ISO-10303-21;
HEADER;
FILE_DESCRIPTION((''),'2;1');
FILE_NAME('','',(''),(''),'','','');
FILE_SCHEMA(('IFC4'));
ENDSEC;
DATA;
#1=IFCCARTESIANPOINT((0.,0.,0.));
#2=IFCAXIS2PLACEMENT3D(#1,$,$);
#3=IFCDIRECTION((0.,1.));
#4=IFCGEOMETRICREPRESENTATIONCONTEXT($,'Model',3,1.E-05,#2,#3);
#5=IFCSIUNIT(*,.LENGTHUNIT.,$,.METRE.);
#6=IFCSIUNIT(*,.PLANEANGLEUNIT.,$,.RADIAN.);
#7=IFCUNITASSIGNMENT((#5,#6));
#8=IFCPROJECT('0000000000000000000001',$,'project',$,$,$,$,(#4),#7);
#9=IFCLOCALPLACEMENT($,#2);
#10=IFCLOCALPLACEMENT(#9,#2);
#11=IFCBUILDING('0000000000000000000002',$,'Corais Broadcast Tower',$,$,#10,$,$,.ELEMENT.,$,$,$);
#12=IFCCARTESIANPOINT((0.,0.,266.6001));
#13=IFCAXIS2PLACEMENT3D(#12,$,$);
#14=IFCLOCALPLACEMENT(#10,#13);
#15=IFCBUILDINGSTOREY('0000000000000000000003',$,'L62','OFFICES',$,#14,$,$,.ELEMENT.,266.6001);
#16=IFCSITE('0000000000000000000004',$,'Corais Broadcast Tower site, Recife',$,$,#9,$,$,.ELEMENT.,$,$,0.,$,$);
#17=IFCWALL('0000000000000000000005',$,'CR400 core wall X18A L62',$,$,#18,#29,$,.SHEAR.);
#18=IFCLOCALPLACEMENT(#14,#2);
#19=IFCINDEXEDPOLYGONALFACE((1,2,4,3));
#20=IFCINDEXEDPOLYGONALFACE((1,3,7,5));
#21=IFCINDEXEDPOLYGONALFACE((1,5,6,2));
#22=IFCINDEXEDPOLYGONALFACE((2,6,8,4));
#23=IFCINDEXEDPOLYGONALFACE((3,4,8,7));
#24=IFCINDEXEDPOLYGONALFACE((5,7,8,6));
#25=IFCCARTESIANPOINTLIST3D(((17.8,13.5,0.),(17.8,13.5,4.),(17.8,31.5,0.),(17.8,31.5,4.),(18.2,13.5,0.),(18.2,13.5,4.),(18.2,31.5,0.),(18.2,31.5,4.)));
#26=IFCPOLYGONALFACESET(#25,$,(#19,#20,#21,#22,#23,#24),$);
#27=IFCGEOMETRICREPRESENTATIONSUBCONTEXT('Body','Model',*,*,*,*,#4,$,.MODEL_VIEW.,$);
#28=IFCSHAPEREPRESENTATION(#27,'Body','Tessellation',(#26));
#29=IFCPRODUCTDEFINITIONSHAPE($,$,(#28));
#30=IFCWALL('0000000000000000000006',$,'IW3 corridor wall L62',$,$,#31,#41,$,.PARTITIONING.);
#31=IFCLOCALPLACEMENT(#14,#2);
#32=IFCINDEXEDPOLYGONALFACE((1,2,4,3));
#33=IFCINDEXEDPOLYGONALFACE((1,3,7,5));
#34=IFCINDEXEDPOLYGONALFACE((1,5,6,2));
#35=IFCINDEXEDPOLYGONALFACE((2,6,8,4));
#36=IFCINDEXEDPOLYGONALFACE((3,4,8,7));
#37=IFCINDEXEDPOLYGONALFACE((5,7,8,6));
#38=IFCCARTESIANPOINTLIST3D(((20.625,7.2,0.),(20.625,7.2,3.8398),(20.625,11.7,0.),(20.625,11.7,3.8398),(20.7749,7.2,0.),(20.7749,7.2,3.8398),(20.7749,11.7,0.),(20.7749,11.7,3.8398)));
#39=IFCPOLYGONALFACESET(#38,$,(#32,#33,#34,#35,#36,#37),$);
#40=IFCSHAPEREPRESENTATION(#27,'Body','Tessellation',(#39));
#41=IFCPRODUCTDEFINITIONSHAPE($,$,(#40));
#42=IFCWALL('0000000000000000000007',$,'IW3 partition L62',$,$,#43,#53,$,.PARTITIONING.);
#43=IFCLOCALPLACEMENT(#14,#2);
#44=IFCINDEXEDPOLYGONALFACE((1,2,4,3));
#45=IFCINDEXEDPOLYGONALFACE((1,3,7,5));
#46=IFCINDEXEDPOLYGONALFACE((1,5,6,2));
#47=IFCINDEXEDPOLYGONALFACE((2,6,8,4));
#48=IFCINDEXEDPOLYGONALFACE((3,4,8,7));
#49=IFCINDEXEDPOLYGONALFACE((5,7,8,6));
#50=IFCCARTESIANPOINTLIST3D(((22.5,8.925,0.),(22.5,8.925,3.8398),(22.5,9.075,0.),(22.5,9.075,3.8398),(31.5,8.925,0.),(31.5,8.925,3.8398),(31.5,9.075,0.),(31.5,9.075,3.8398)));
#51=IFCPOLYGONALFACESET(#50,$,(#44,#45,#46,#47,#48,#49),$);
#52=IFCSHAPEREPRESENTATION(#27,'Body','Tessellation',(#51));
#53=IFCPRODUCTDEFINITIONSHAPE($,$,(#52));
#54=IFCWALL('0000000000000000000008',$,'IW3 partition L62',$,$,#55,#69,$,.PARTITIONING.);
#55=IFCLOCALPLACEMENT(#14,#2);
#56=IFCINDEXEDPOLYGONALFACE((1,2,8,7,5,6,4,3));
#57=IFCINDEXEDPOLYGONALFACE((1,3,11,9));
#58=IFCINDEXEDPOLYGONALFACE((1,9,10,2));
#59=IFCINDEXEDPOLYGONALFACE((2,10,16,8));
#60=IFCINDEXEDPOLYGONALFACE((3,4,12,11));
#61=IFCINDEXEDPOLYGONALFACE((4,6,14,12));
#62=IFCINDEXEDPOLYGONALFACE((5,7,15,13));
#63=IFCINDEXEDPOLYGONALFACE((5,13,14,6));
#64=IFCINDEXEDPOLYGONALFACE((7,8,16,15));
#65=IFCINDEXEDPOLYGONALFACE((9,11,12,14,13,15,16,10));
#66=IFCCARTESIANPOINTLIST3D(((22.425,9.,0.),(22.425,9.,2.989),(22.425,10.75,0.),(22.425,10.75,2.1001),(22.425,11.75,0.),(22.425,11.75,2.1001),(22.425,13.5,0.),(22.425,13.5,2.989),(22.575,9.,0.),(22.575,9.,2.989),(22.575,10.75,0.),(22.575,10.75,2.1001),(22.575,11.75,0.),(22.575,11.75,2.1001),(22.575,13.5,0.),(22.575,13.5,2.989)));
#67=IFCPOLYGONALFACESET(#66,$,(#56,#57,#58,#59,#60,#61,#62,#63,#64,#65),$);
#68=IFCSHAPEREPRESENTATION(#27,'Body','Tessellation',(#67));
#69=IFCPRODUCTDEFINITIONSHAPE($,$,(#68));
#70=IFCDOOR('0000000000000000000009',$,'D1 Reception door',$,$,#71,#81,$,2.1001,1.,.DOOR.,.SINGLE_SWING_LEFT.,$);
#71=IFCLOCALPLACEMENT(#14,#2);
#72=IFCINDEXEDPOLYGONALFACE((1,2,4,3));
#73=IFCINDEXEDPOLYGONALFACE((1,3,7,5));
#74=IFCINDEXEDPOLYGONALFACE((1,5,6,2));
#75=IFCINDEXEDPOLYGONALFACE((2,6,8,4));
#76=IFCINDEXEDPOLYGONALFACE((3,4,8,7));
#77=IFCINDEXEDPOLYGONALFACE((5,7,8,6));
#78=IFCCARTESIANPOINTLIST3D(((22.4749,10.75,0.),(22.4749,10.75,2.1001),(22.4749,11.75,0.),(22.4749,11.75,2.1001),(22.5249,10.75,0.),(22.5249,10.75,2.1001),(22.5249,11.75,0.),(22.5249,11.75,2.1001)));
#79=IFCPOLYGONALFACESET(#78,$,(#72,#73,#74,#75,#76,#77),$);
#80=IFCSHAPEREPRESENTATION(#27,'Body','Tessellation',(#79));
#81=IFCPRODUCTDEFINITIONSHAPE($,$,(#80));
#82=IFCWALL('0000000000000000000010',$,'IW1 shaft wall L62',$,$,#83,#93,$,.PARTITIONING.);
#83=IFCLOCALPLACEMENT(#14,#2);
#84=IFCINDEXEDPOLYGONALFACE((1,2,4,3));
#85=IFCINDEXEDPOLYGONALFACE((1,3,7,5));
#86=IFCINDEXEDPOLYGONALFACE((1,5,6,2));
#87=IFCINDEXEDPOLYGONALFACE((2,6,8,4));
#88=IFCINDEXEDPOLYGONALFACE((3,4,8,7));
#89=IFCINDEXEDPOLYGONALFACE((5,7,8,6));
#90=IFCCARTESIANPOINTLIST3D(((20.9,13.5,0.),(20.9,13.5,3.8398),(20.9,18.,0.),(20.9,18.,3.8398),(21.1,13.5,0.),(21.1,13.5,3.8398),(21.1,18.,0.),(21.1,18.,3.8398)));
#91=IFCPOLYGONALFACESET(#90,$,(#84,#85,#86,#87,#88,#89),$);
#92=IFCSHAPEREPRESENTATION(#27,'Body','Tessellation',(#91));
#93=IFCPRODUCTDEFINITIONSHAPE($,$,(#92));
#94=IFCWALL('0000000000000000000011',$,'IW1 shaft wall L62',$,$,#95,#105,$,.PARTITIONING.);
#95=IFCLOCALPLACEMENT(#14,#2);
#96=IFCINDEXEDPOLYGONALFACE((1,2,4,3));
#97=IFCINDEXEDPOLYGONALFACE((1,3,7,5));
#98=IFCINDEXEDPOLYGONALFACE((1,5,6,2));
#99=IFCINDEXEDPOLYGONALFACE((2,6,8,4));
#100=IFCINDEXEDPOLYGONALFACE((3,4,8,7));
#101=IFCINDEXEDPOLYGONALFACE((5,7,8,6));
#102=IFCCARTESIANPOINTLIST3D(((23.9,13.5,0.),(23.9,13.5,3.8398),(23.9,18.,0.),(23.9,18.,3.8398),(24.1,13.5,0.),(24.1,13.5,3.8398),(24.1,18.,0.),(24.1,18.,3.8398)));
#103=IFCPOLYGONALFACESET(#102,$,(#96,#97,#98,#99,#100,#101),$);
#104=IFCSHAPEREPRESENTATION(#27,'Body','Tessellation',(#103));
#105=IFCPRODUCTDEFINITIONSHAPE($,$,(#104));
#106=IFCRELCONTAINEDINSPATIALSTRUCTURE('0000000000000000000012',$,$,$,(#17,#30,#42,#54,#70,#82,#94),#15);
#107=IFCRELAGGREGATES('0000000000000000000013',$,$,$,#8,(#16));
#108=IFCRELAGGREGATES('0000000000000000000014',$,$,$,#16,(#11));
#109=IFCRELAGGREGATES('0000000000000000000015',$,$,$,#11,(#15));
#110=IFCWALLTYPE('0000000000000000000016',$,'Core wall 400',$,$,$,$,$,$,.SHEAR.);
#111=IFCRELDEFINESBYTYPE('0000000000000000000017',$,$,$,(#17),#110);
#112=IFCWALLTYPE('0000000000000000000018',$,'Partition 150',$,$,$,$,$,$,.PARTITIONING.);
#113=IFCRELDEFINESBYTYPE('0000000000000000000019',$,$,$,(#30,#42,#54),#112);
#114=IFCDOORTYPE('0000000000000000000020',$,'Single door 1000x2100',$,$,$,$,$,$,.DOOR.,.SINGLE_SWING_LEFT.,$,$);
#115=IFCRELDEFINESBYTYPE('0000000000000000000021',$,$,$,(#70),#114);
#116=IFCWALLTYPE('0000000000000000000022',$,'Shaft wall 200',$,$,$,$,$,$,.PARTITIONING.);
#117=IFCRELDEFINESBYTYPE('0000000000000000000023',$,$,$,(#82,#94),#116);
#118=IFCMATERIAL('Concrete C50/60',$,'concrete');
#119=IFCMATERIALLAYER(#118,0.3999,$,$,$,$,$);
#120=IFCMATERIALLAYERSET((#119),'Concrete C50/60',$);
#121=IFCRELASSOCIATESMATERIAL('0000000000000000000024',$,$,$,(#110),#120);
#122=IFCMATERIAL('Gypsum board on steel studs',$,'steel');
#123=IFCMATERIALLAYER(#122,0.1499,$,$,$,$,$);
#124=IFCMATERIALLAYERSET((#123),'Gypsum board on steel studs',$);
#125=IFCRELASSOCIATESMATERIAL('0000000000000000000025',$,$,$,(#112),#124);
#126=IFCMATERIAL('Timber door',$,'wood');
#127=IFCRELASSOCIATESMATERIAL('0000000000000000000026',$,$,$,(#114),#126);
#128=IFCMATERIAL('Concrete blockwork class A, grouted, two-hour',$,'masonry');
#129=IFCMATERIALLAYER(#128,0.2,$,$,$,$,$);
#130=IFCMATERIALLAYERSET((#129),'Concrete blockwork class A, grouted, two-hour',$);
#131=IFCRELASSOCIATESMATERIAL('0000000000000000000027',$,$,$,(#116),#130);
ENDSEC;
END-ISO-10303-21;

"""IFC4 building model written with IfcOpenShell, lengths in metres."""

from ifc_helpers import new_model, si_unit, direction, frame, frame_2d, origin, place, context, subcontext, project, spatial, rectangle, extrude, material, layer, layer_set, type_object, element, fill, save


model = new_model("IFC4")

# Units and contexts
model_context = context("Model", 3, precision=1e-05, world=origin(), true_north=direction((0.0, 1.0)))
body_context = subcontext(model_context, "Body", "Model", "MODEL_VIEW")
ifc_project = project(units=[si_unit("LENGTHUNIT", "METRE"), si_unit("PLANEANGLEUNIT", "RADIAN")], contexts=[model_context])

# Site, building, storey
site_placement = place(None, origin())
site = spatial("IfcSite", under=ifc_project, at=site_placement, Name="Corais Broadcast Tower site, Recife", CompositionType="ELEMENT", RefElevation=0.0)
building_placement = place(site_placement, origin())
building = spatial("IfcBuilding", under=site, at=building_placement, Name="Corais Broadcast Tower", CompositionType="ELEMENT")
storey_placement = place(building_placement, frame((0.0, 0.0, 266.6001)))
storey = spatial("IfcBuildingStorey", under=building, at=storey_placement, Name="L62", Description="OFFICES", CompositionType="ELEMENT", Elevation=266.6001)

# Walls
ifc_material_1 = material(Name="Concrete C50/60", Category="concrete")
ifc_layer_1 = layer(ifc_material_1, 0.3999)
ifc_layer_set_1 = layer_set([ifc_layer_1], Name="Concrete C50/60")
wall_type_1 = type_object("IfcWallType", Name="Core wall 400", PredefinedType="SHEAR", material=ifc_layer_set_1)
wall_1_placement = place(storey_placement, frame((18.0, 13.5, 0.0), z_axis=(0.0, 0.0, 1.0), x_axis=(0.0, 1.0, 0.0)))
element("IfcWall", 1, at=wall_1_placement, inside=storey, type_object=wall_type_1, Name="CR400 core wall X18A L62", PredefinedType="SHEAR", context=body_context, shape_type="SweptSolid", body=[
    extrude(rectangle(XDim=18.0, YDim=0.3999, at=frame_2d((9.0, 0.0))), origin(), (0.0, 0.0, 1.0), 4.0),
])
ifc_material_2 = material(Name="Gypsum board on steel studs", Category="steel")
ifc_layer_2 = layer(ifc_material_2, 0.1499)
ifc_layer_set_2 = layer_set([ifc_layer_2], Name="Gypsum board on steel studs")
wall_type_2 = type_object("IfcWallType", Name="Partition 150", PredefinedType="PARTITIONING", material=ifc_layer_set_2)
wall_2_placement = place(storey_placement, frame((20.7, 11.7, 0.0), z_axis=(0.0, 0.0, 1.0), x_axis=(0.0, -1.0, 0.0)))
element("IfcWall", 2, at=wall_2_placement, inside=storey, type_object=wall_type_2, Name="IW3 corridor wall L62", PredefinedType="PARTITIONING", context=body_context, shape_type="SweptSolid", body=[
    extrude(rectangle(XDim=4.5, YDim=0.1499, at=frame_2d((2.25, 0.0))), origin(), (0.0, 0.0, 1.0), 3.8398),
])
wall_3_placement = place(storey_placement, frame((22.5, 9.0, 0.0), z_axis=(0.0, 0.0, 1.0), x_axis=(1.0, 0.0, 0.0)))
element("IfcWall", 3, at=wall_3_placement, inside=storey, type_object=wall_type_2, Name="IW3 partition L62", PredefinedType="PARTITIONING", context=body_context, shape_type="SweptSolid", body=[
    extrude(rectangle(XDim=9.0, YDim=0.1499, at=frame_2d((4.5, 0.0))), origin(), (0.0, 0.0, 1.0), 3.8398),
])

# Wall, opening, door
wall_4_placement = place(storey_placement, frame((22.5, 13.5, 0.0), z_axis=(0.0, 0.0, 1.0), x_axis=(0.0, -1.0, 0.0)))
wall_4 = element("IfcWall", 4, at=wall_4_placement, inside=storey, type_object=wall_type_2, Name="IW3 partition L62", PredefinedType="PARTITIONING", context=body_context, shape_type="SweptSolid", body=[
    extrude(rectangle(XDim=4.5, YDim=0.1499, at=frame_2d((2.25, 0.0))), origin(), (0.0, 0.0, 1.0), 2.989),
])
opening_placement = place(wall_4_placement, frame((1.75, 0.0, 0.0)))
opening = element("IfcOpeningElement", 5, at=opening_placement, cuts=wall_4, PredefinedType="OPENING", context=body_context, shape_type="SweptSolid", body=[
    extrude(rectangle(XDim=1.0, YDim=2.1001, at=frame_2d((0.5, 1.05))), frame((0.0, 0.085, 0.0), z_axis=(0.0, -1.0, 0.0), x_axis=(1.0, 0.0, 0.0)), (0.0, 0.0, 1.0), 0.1699),
])
ifc_material_3 = material(Name="Timber door", Category="wood")
door_type = type_object("IfcDoorType", Name="Single door 1000x2100", OperationType="SINGLE_SWING_LEFT", PredefinedType="DOOR", material=ifc_material_3)
door_placement = place(opening_placement, origin())
door = element("IfcDoor", 6, at=door_placement, inside=storey, type_object=door_type, Name="D1 Reception door", OperationType="SINGLE_SWING_LEFT", OverallHeight=2.1001, OverallWidth=1.0, PredefinedType="DOOR", context=body_context, shape_type="SweptSolid", body=[
    extrude(rectangle(XDim=1.0, YDim=2.1001, at=frame_2d((0.5, 1.05))), frame((0.0, 0.0249, 0.0), z_axis=(0.0, -1.0, 0.0), x_axis=(1.0, 0.0, 0.0)), (0.0, 0.0, 1.0), 0.05),
])
fill(opening, door)

# Walls
ifc_material_4 = material(Name="Concrete blockwork class A, grouted, two-hour", Category="masonry")
ifc_layer_3 = layer(ifc_material_4, 0.2)
ifc_layer_set_3 = layer_set([ifc_layer_3], Name="Concrete blockwork class A, grouted, two-hour")
wall_type_3 = type_object("IfcWallType", Name="Shaft wall 200", PredefinedType="PARTITIONING", material=ifc_layer_set_3)
for number, where, z_axis, x_axis, name in (
    (7, (21.0, 13.5, 0.0), (0.0, 0.0, 1.0), (0.0, 1.0, 0.0), "IW1 shaft wall L62"),
    (8, (24.0, 13.5, 0.0), (0.0, 0.0, 1.0), (0.0, 1.0, 0.0), "IW1 shaft wall L62"),
):
    element("IfcWall", number, at=place(storey_placement, frame(where, z_axis=z_axis, x_axis=x_axis)), inside=storey, type_object=wall_type_3, Name=name, PredefinedType="PARTITIONING", context=body_context, shape_type="SweptSolid", body=[
        extrude(rectangle(XDim=4.5, YDim=0.2, at=frame_2d((2.25, 0.0))), origin(), (0.0, 0.0, 1.0), 3.8398),
    ])

save(model, "model.ifc")
